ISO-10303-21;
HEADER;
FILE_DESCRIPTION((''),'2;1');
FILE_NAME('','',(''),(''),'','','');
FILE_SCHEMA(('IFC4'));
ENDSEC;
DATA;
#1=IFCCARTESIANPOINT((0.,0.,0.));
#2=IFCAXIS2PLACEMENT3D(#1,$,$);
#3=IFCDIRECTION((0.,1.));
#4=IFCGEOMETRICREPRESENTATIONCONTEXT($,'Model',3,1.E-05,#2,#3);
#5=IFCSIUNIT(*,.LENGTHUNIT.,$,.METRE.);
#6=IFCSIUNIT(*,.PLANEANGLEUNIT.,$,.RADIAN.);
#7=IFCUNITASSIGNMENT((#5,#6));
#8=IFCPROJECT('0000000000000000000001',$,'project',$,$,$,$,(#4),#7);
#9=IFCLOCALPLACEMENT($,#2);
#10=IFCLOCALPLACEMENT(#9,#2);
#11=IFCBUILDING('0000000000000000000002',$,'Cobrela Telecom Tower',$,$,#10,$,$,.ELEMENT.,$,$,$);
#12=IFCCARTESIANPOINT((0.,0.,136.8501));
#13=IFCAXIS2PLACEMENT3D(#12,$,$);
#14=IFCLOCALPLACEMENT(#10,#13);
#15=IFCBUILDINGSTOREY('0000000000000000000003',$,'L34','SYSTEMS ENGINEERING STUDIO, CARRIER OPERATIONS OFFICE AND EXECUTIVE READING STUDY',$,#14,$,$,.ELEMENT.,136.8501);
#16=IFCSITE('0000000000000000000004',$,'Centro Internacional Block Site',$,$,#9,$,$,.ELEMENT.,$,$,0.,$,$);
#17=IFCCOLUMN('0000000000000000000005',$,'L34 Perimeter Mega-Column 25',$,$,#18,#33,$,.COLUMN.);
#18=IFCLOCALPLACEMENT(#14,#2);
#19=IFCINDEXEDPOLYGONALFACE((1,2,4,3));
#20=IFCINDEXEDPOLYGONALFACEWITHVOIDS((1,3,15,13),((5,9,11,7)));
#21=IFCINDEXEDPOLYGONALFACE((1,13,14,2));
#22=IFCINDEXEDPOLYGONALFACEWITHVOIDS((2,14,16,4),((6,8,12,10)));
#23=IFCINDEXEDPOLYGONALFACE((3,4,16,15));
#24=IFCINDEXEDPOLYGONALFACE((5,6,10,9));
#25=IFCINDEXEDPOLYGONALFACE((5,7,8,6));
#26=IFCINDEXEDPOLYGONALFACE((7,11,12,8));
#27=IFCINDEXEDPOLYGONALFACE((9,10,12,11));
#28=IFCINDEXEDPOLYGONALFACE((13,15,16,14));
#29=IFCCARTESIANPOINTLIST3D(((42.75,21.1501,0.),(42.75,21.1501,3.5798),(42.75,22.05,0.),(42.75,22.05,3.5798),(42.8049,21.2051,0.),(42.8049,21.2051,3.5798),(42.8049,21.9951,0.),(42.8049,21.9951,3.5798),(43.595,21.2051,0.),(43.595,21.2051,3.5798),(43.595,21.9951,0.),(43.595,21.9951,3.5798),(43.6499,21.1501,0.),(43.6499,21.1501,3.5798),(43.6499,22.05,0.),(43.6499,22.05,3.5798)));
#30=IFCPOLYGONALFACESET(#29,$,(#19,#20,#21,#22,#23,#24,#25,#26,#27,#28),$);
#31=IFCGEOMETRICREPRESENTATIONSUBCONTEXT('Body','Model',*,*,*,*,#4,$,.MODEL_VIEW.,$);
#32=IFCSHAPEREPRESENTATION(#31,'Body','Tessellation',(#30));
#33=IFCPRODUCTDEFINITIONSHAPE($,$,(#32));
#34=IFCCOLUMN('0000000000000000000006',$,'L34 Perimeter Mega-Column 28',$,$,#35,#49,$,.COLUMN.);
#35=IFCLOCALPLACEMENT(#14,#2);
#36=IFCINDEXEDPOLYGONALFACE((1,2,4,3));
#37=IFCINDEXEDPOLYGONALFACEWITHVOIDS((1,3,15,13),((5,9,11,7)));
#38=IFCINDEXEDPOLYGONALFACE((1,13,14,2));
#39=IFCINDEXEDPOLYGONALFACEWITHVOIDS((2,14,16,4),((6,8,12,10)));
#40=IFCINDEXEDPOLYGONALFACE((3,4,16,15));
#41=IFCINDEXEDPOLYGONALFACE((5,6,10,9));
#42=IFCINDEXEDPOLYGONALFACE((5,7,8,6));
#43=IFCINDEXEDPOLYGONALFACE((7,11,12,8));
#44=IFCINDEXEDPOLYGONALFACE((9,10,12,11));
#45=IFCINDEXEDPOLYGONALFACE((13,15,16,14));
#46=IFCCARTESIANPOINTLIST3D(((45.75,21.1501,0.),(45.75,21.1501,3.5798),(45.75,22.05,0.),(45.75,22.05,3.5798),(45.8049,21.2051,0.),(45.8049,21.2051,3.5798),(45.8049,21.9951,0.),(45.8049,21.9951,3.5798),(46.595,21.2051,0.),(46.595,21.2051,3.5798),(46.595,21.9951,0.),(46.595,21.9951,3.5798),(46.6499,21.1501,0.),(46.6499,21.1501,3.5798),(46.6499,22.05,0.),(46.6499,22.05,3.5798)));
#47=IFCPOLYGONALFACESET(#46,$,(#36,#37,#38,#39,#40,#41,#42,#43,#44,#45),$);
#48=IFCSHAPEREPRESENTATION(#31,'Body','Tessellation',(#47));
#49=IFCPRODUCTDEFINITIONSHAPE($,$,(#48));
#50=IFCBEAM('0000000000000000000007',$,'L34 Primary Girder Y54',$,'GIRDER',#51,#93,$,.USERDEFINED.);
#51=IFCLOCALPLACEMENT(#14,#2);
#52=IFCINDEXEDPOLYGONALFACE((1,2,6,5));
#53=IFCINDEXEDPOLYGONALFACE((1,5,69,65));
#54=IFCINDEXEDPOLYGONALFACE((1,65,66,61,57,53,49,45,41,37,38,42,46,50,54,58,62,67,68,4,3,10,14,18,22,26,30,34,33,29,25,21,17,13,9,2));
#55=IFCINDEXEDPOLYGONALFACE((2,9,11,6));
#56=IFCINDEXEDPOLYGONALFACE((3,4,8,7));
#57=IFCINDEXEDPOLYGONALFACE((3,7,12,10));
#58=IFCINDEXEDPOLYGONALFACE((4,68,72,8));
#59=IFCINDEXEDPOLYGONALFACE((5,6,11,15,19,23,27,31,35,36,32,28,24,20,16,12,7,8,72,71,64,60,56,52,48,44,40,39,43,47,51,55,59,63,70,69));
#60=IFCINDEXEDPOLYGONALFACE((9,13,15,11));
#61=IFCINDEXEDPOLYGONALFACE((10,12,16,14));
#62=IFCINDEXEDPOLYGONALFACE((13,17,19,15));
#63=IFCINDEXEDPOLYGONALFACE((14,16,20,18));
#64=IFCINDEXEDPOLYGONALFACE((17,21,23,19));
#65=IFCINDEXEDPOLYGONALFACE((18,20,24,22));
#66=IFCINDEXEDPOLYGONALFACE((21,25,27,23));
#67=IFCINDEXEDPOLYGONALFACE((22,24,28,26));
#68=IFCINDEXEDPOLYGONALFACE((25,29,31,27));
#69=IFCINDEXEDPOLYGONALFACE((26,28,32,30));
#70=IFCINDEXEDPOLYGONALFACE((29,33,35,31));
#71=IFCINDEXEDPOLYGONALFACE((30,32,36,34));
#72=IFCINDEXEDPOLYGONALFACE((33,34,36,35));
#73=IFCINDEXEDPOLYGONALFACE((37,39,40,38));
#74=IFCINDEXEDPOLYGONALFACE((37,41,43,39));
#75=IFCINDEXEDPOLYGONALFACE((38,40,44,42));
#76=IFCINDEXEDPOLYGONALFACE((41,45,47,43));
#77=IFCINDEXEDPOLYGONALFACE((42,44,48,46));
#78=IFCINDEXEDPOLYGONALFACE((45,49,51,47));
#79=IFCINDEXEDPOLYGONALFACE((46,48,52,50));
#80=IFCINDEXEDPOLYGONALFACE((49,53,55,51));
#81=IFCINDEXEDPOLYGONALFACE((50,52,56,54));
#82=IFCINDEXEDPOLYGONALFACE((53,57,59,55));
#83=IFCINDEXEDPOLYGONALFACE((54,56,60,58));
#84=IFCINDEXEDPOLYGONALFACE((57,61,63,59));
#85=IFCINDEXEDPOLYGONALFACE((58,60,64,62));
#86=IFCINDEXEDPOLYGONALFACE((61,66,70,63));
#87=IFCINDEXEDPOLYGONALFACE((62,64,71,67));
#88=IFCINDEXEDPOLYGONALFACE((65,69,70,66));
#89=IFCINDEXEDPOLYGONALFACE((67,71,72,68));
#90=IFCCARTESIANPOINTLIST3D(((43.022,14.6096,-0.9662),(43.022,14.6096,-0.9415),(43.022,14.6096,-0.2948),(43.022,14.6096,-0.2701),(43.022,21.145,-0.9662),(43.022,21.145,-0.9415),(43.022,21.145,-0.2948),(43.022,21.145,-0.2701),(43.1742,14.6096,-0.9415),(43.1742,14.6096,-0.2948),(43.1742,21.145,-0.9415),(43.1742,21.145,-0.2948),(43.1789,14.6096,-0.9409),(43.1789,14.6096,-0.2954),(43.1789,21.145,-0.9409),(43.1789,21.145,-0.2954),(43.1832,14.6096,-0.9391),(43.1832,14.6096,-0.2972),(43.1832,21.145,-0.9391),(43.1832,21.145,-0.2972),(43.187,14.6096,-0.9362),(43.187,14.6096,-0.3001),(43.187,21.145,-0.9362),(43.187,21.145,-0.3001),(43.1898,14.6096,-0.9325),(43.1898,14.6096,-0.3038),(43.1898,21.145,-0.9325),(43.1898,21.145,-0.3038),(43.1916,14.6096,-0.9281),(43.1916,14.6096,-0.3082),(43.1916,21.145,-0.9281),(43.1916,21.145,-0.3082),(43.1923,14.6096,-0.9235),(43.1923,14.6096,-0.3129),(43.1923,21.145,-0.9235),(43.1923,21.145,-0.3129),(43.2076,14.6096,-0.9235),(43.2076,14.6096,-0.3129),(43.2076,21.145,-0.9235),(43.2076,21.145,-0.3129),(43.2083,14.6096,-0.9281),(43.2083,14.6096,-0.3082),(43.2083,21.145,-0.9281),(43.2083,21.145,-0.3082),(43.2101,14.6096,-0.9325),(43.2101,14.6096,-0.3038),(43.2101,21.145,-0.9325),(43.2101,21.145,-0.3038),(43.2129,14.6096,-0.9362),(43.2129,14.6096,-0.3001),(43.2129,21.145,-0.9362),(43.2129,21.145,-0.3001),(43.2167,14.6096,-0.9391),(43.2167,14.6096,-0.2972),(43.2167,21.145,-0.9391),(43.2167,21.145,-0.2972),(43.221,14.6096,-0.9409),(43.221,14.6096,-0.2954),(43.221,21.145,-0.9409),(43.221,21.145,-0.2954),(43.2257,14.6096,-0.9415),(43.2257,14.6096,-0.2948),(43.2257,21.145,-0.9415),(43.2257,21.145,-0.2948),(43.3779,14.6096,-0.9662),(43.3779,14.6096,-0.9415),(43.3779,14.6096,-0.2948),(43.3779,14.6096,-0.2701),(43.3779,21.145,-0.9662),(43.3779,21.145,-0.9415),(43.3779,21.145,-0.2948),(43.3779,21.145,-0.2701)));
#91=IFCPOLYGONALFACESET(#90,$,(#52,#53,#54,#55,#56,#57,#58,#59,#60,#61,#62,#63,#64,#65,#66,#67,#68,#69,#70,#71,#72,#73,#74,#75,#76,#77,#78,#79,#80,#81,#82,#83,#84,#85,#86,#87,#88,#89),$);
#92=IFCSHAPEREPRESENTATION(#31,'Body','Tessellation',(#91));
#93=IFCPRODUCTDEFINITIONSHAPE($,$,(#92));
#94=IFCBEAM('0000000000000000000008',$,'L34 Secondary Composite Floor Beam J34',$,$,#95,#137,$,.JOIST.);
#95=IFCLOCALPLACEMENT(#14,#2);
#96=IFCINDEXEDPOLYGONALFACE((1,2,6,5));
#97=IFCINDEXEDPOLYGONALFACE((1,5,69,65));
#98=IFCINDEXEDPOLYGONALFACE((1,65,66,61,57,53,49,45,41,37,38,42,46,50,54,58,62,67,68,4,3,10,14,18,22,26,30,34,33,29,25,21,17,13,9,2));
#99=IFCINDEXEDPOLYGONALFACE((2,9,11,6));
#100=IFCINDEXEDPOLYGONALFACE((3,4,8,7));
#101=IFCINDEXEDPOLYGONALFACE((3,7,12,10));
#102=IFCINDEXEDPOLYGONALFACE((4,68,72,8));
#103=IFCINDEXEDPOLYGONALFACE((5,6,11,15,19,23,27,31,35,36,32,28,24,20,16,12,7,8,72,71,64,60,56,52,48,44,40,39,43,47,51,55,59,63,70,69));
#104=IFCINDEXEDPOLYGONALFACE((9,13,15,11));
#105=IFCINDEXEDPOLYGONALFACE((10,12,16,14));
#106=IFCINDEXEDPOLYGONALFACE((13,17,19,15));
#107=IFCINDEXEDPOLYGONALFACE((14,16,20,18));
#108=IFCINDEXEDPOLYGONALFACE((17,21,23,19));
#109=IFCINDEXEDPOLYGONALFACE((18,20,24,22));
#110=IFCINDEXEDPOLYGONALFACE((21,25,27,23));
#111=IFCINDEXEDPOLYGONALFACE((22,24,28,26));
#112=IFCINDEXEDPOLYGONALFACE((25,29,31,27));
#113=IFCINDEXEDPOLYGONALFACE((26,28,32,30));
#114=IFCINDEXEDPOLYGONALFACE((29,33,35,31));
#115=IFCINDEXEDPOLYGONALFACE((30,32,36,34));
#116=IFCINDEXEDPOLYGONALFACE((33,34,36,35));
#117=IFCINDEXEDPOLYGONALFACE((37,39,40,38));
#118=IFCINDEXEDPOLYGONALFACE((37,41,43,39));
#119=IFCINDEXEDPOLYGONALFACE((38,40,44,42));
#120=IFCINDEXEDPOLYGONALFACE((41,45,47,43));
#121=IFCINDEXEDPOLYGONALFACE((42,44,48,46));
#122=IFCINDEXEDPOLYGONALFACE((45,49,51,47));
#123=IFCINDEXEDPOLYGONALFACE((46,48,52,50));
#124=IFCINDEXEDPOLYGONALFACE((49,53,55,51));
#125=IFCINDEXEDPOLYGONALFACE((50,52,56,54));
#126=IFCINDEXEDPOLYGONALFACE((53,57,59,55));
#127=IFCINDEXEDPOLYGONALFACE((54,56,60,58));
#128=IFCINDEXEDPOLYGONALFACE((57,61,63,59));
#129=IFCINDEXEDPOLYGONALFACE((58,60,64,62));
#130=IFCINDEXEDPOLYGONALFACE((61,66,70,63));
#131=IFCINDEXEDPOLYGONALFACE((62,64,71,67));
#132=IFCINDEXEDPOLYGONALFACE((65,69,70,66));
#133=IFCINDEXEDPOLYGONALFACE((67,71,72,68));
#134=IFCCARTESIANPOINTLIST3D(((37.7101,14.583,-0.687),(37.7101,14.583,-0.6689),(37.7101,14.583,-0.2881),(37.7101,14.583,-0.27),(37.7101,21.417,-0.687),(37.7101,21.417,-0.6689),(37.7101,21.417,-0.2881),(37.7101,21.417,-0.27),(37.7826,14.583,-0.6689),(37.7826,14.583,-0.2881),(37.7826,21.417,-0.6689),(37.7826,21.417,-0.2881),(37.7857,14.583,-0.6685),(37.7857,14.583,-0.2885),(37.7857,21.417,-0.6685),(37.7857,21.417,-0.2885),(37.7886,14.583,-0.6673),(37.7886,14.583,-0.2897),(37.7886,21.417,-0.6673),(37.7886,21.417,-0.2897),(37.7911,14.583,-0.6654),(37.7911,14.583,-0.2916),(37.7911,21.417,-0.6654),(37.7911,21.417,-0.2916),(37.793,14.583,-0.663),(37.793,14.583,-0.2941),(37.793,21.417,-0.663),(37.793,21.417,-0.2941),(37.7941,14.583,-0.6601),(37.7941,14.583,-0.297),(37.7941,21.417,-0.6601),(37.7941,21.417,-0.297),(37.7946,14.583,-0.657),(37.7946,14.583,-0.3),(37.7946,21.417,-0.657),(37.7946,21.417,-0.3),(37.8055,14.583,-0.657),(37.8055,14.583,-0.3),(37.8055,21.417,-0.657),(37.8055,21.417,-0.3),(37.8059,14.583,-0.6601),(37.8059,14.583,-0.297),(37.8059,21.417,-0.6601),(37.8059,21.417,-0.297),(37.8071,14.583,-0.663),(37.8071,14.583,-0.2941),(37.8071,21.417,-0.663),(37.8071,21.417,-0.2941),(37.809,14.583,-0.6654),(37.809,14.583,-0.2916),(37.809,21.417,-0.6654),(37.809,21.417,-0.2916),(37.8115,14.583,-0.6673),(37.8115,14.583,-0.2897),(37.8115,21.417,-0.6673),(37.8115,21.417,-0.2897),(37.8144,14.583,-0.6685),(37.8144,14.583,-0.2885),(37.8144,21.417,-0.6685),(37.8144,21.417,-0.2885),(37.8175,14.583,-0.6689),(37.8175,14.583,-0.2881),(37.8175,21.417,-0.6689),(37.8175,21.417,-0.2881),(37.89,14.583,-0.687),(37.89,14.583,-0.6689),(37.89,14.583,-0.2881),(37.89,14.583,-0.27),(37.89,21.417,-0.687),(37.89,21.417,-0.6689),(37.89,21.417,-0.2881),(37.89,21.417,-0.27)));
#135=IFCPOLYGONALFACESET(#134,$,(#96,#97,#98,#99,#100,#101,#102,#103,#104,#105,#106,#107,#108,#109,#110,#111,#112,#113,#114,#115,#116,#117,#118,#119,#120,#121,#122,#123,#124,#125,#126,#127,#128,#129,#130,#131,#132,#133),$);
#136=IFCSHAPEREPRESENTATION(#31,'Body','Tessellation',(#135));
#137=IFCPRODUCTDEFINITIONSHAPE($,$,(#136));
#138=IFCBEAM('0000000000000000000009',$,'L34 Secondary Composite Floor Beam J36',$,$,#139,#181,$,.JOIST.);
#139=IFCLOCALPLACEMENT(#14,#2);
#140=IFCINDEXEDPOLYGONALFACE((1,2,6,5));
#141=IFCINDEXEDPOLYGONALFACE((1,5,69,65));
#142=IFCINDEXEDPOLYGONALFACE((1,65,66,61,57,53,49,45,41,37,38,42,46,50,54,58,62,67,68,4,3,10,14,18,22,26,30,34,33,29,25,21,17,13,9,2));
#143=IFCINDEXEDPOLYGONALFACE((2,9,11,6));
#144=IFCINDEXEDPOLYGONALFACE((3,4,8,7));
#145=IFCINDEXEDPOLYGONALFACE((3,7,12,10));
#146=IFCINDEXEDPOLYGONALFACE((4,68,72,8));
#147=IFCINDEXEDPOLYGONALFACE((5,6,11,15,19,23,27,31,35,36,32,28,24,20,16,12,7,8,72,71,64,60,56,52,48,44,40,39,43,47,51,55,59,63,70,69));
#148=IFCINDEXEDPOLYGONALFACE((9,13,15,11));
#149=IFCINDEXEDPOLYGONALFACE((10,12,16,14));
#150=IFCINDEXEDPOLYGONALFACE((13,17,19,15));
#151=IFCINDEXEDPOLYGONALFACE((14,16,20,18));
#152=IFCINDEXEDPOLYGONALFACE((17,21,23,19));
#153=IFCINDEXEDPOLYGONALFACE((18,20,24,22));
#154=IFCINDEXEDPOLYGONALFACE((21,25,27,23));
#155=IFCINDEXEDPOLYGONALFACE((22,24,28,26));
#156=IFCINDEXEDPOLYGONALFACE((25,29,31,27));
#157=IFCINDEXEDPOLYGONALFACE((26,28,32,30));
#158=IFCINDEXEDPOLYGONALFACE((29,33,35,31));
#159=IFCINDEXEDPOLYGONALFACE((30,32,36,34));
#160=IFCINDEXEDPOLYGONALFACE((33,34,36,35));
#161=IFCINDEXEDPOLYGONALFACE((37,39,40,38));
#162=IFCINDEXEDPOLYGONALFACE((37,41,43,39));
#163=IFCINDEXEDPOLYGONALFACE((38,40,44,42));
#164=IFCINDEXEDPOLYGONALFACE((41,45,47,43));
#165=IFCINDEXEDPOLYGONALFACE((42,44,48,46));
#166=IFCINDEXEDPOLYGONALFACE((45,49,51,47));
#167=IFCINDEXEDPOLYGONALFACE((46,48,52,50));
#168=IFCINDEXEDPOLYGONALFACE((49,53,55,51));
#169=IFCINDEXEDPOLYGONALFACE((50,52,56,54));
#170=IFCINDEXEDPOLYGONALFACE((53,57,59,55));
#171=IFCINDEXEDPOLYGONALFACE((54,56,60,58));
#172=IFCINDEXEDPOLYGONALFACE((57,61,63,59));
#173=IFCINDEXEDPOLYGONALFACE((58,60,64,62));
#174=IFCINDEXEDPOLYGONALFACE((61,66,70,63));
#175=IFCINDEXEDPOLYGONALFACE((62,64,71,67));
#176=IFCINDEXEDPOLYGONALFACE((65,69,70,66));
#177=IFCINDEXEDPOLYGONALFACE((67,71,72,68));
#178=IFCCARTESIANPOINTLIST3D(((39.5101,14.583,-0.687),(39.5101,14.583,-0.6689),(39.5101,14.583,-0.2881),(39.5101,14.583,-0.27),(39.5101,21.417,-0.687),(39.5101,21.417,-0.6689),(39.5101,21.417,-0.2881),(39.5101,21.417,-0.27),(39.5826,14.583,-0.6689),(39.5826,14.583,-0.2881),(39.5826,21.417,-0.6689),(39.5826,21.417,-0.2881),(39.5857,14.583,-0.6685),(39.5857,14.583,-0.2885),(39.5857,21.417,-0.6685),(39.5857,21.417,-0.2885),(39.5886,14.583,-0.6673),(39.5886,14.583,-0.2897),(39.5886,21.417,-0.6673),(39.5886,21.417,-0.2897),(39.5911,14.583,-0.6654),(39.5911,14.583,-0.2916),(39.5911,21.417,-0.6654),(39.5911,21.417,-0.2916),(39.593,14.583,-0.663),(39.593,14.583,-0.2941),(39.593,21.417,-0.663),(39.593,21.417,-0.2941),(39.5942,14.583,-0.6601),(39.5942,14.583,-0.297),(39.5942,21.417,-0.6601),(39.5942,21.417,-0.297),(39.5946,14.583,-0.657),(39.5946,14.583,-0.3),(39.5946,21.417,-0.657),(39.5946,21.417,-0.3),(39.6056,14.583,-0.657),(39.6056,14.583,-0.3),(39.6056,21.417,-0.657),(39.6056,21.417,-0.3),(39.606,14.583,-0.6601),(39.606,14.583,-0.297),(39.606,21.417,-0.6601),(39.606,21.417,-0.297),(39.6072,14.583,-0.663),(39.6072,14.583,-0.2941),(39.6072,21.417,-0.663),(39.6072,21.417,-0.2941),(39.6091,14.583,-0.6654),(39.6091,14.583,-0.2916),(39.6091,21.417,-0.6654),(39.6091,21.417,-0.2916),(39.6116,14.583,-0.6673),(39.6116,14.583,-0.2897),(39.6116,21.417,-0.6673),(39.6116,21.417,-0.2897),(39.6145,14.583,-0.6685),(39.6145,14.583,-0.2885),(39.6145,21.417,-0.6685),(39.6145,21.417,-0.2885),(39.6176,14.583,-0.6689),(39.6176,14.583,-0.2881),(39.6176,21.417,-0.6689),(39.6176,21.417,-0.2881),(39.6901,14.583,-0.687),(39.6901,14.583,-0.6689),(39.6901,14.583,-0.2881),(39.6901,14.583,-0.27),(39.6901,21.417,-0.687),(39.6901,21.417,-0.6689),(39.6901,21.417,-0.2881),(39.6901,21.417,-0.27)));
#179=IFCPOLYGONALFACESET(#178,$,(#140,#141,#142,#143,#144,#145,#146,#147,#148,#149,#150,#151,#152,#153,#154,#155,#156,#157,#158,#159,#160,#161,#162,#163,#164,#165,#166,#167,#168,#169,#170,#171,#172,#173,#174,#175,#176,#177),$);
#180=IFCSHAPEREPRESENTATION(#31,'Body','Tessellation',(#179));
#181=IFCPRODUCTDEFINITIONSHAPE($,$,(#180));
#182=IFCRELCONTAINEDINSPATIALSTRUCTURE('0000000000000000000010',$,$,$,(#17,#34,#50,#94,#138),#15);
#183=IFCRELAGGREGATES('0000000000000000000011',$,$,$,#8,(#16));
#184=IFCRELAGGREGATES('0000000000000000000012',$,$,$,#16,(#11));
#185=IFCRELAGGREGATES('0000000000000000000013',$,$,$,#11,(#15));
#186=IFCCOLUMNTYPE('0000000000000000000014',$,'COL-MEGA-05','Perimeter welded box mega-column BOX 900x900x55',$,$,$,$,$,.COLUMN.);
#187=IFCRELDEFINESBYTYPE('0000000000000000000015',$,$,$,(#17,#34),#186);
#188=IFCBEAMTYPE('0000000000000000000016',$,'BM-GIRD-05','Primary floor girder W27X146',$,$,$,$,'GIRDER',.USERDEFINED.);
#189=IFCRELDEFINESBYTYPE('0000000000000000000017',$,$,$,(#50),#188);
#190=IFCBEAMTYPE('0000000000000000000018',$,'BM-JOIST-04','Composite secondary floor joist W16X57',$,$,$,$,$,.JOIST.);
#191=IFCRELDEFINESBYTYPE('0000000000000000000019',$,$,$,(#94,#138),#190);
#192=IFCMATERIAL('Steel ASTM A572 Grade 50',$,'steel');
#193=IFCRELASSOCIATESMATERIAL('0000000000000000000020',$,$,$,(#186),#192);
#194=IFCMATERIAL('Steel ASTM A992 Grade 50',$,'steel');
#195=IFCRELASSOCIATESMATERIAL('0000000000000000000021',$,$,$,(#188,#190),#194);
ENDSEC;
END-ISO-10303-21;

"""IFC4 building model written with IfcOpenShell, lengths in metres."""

from ifc_helpers import new_model, si_unit, direction, frame, origin, origin_2d, place, context, subcontext, project, spatial, hollow_rectangle, i_section, extrude, material, material_profile, profile_set, type_object, element, save


model = new_model("IFC4")

# Units and contexts
model_context = context("Model", 3, precision=1e-05, world=origin(), true_north=direction((0.0, 1.0)))
body_context = subcontext(model_context, "Body", "Model", "MODEL_VIEW")
ifc_project = project(units=[si_unit("LENGTHUNIT", "METRE"), si_unit("PLANEANGLEUNIT", "RADIAN")], contexts=[model_context])

# Site, building, storey
site_placement = place(None, origin())
site = spatial("IfcSite", under=ifc_project, at=site_placement, Name="Centro Internacional Block Site", CompositionType="ELEMENT", RefElevation=0.0)
building_placement = place(site_placement, origin())
building = spatial("IfcBuilding", under=site, at=building_placement, Name="Cobrela Telecom Tower", CompositionType="ELEMENT")
storey_placement = place(building_placement, frame((0.0, 0.0, 136.8501)))
storey = spatial("IfcBuildingStorey", under=building, at=storey_placement, Name="L34", Description="SYSTEMS ENGINEERING STUDIO, CARRIER OPERATIONS OFFICE AND EXECUTIVE READING STUDY", CompositionType="ELEMENT", Elevation=136.8501)

# Columns
ifc_material_1 = material(Name="Steel ASTM A572 Grade 50", Category="steel")
ifc_material_profile_1 = material_profile(ifc_material_1, hollow_rectangle(XDim=0.8999, YDim=0.8999, WallThickness=0.0549, at=origin_2d()), Name="BOX 900x900x55")
ifc_profile_set_1 = profile_set([ifc_material_profile_1], Name="Steel ASTM A572 Grade 50")
column_type = type_object("IfcColumnType", Name="COL-MEGA-05", Description="Perimeter welded box mega-column BOX 900x900x55", PredefinedType="COLUMN", material=ifc_profile_set_1)
for number, where, z_axis, x_axis, name in (
    (1, (43.2, 21.6001, 0.0), (0.0, 0.0, 1.0), (1.0, 0.0, 0.0), "L34 Perimeter Mega-Column 25"),
    (2, (46.2, 21.6001, 0.0), (0.0, 0.0, 1.0), (1.0, 0.0, 0.0), "L34 Perimeter Mega-Column 28"),
):
    element("IfcColumn", number, at=place(storey_placement, frame(where, z_axis=z_axis, x_axis=x_axis)), inside=storey, type_object=column_type, Name=name, PredefinedType="COLUMN", context=body_context, shape_type="SweptSolid", body=[
        extrude(hollow_rectangle(XDim=0.8999, YDim=0.8999, WallThickness=0.0549, at=origin_2d()), origin(), (0.0, 0.0, 1.0), 3.5798),
    ])

# Beams
ifc_material_2 = material(Name="Steel ASTM A992 Grade 50", Category="steel")
ifc_material_profile_2 = material_profile(ifc_material_2, i_section(OverallWidth=0.356, OverallDepth=0.696, WebThickness=0.0154, FlangeThickness=0.0247, FilletRadius=0.0181, at=origin_2d()), Name="W27X146")
ifc_profile_set_2 = profile_set([ifc_material_profile_2], Name="Steel ASTM A992 Grade 50")
beam_type_1 = type_object("IfcBeamType", Name="BM-GIRD-05", Description="Primary floor girder W27X146", ElementType="GIRDER", PredefinedType="USERDEFINED", material=ifc_profile_set_2)
beam_1_placement = place(storey_placement, frame((43.2, 14.6096, -0.6182), z_axis=(0.0, 1.0, 0.0), x_axis=(-1.0, 0.0, 0.0)))
element("IfcBeam", 3, at=beam_1_placement, inside=storey, type_object=beam_type_1, Name="L34 Primary Girder Y54", ObjectType="GIRDER", PredefinedType="USERDEFINED", context=body_context, shape_type="SweptSolid", body=[
    extrude(i_section(OverallWidth=0.356, OverallDepth=0.696, WebThickness=0.0154, FlangeThickness=0.0247, FilletRadius=0.0181, at=origin_2d()), origin(), (0.0, 0.0, 1.0), 6.5354),
])
ifc_material_profile_3 = material_profile(ifc_material_2, i_section(OverallWidth=0.1799, OverallDepth=0.417, WebThickness=0.011, FlangeThickness=0.0181, FilletRadius=0.012, at=origin_2d()), Name="W16X57")
ifc_profile_set_3 = profile_set([ifc_material_profile_3], Name="Steel ASTM A992 Grade 50")
beam_type_2 = type_object("IfcBeamType", Name="BM-JOIST-04", Description="Composite secondary floor joist W16X57", PredefinedType="JOIST", material=ifc_profile_set_3)
for number, where, z_axis, x_axis, name in (
    (4, (37.8, 14.583, -0.4785), (0.0, 1.0, 0.0), (-1.0, 0.0, 0.0), "L34 Secondary Composite Floor Beam J34"),
    (5, (39.6001, 14.583, -0.4785), (0.0, 1.0, 0.0), (-1.0, 0.0, 0.0), "L34 Secondary Composite Floor Beam J36"),
):
    element("IfcBeam", number, at=place(storey_placement, frame(where, z_axis=z_axis, x_axis=x_axis)), inside=storey, type_object=beam_type_2, Name=name, PredefinedType="JOIST", context=body_context, shape_type="SweptSolid", body=[
        extrude(i_section(OverallWidth=0.1799, OverallDepth=0.417, WebThickness=0.011, FlangeThickness=0.0181, FilletRadius=0.012, at=origin_2d()), origin(), (0.0, 0.0, 1.0), 6.834),
    ])

save(model, "model.ifc")
